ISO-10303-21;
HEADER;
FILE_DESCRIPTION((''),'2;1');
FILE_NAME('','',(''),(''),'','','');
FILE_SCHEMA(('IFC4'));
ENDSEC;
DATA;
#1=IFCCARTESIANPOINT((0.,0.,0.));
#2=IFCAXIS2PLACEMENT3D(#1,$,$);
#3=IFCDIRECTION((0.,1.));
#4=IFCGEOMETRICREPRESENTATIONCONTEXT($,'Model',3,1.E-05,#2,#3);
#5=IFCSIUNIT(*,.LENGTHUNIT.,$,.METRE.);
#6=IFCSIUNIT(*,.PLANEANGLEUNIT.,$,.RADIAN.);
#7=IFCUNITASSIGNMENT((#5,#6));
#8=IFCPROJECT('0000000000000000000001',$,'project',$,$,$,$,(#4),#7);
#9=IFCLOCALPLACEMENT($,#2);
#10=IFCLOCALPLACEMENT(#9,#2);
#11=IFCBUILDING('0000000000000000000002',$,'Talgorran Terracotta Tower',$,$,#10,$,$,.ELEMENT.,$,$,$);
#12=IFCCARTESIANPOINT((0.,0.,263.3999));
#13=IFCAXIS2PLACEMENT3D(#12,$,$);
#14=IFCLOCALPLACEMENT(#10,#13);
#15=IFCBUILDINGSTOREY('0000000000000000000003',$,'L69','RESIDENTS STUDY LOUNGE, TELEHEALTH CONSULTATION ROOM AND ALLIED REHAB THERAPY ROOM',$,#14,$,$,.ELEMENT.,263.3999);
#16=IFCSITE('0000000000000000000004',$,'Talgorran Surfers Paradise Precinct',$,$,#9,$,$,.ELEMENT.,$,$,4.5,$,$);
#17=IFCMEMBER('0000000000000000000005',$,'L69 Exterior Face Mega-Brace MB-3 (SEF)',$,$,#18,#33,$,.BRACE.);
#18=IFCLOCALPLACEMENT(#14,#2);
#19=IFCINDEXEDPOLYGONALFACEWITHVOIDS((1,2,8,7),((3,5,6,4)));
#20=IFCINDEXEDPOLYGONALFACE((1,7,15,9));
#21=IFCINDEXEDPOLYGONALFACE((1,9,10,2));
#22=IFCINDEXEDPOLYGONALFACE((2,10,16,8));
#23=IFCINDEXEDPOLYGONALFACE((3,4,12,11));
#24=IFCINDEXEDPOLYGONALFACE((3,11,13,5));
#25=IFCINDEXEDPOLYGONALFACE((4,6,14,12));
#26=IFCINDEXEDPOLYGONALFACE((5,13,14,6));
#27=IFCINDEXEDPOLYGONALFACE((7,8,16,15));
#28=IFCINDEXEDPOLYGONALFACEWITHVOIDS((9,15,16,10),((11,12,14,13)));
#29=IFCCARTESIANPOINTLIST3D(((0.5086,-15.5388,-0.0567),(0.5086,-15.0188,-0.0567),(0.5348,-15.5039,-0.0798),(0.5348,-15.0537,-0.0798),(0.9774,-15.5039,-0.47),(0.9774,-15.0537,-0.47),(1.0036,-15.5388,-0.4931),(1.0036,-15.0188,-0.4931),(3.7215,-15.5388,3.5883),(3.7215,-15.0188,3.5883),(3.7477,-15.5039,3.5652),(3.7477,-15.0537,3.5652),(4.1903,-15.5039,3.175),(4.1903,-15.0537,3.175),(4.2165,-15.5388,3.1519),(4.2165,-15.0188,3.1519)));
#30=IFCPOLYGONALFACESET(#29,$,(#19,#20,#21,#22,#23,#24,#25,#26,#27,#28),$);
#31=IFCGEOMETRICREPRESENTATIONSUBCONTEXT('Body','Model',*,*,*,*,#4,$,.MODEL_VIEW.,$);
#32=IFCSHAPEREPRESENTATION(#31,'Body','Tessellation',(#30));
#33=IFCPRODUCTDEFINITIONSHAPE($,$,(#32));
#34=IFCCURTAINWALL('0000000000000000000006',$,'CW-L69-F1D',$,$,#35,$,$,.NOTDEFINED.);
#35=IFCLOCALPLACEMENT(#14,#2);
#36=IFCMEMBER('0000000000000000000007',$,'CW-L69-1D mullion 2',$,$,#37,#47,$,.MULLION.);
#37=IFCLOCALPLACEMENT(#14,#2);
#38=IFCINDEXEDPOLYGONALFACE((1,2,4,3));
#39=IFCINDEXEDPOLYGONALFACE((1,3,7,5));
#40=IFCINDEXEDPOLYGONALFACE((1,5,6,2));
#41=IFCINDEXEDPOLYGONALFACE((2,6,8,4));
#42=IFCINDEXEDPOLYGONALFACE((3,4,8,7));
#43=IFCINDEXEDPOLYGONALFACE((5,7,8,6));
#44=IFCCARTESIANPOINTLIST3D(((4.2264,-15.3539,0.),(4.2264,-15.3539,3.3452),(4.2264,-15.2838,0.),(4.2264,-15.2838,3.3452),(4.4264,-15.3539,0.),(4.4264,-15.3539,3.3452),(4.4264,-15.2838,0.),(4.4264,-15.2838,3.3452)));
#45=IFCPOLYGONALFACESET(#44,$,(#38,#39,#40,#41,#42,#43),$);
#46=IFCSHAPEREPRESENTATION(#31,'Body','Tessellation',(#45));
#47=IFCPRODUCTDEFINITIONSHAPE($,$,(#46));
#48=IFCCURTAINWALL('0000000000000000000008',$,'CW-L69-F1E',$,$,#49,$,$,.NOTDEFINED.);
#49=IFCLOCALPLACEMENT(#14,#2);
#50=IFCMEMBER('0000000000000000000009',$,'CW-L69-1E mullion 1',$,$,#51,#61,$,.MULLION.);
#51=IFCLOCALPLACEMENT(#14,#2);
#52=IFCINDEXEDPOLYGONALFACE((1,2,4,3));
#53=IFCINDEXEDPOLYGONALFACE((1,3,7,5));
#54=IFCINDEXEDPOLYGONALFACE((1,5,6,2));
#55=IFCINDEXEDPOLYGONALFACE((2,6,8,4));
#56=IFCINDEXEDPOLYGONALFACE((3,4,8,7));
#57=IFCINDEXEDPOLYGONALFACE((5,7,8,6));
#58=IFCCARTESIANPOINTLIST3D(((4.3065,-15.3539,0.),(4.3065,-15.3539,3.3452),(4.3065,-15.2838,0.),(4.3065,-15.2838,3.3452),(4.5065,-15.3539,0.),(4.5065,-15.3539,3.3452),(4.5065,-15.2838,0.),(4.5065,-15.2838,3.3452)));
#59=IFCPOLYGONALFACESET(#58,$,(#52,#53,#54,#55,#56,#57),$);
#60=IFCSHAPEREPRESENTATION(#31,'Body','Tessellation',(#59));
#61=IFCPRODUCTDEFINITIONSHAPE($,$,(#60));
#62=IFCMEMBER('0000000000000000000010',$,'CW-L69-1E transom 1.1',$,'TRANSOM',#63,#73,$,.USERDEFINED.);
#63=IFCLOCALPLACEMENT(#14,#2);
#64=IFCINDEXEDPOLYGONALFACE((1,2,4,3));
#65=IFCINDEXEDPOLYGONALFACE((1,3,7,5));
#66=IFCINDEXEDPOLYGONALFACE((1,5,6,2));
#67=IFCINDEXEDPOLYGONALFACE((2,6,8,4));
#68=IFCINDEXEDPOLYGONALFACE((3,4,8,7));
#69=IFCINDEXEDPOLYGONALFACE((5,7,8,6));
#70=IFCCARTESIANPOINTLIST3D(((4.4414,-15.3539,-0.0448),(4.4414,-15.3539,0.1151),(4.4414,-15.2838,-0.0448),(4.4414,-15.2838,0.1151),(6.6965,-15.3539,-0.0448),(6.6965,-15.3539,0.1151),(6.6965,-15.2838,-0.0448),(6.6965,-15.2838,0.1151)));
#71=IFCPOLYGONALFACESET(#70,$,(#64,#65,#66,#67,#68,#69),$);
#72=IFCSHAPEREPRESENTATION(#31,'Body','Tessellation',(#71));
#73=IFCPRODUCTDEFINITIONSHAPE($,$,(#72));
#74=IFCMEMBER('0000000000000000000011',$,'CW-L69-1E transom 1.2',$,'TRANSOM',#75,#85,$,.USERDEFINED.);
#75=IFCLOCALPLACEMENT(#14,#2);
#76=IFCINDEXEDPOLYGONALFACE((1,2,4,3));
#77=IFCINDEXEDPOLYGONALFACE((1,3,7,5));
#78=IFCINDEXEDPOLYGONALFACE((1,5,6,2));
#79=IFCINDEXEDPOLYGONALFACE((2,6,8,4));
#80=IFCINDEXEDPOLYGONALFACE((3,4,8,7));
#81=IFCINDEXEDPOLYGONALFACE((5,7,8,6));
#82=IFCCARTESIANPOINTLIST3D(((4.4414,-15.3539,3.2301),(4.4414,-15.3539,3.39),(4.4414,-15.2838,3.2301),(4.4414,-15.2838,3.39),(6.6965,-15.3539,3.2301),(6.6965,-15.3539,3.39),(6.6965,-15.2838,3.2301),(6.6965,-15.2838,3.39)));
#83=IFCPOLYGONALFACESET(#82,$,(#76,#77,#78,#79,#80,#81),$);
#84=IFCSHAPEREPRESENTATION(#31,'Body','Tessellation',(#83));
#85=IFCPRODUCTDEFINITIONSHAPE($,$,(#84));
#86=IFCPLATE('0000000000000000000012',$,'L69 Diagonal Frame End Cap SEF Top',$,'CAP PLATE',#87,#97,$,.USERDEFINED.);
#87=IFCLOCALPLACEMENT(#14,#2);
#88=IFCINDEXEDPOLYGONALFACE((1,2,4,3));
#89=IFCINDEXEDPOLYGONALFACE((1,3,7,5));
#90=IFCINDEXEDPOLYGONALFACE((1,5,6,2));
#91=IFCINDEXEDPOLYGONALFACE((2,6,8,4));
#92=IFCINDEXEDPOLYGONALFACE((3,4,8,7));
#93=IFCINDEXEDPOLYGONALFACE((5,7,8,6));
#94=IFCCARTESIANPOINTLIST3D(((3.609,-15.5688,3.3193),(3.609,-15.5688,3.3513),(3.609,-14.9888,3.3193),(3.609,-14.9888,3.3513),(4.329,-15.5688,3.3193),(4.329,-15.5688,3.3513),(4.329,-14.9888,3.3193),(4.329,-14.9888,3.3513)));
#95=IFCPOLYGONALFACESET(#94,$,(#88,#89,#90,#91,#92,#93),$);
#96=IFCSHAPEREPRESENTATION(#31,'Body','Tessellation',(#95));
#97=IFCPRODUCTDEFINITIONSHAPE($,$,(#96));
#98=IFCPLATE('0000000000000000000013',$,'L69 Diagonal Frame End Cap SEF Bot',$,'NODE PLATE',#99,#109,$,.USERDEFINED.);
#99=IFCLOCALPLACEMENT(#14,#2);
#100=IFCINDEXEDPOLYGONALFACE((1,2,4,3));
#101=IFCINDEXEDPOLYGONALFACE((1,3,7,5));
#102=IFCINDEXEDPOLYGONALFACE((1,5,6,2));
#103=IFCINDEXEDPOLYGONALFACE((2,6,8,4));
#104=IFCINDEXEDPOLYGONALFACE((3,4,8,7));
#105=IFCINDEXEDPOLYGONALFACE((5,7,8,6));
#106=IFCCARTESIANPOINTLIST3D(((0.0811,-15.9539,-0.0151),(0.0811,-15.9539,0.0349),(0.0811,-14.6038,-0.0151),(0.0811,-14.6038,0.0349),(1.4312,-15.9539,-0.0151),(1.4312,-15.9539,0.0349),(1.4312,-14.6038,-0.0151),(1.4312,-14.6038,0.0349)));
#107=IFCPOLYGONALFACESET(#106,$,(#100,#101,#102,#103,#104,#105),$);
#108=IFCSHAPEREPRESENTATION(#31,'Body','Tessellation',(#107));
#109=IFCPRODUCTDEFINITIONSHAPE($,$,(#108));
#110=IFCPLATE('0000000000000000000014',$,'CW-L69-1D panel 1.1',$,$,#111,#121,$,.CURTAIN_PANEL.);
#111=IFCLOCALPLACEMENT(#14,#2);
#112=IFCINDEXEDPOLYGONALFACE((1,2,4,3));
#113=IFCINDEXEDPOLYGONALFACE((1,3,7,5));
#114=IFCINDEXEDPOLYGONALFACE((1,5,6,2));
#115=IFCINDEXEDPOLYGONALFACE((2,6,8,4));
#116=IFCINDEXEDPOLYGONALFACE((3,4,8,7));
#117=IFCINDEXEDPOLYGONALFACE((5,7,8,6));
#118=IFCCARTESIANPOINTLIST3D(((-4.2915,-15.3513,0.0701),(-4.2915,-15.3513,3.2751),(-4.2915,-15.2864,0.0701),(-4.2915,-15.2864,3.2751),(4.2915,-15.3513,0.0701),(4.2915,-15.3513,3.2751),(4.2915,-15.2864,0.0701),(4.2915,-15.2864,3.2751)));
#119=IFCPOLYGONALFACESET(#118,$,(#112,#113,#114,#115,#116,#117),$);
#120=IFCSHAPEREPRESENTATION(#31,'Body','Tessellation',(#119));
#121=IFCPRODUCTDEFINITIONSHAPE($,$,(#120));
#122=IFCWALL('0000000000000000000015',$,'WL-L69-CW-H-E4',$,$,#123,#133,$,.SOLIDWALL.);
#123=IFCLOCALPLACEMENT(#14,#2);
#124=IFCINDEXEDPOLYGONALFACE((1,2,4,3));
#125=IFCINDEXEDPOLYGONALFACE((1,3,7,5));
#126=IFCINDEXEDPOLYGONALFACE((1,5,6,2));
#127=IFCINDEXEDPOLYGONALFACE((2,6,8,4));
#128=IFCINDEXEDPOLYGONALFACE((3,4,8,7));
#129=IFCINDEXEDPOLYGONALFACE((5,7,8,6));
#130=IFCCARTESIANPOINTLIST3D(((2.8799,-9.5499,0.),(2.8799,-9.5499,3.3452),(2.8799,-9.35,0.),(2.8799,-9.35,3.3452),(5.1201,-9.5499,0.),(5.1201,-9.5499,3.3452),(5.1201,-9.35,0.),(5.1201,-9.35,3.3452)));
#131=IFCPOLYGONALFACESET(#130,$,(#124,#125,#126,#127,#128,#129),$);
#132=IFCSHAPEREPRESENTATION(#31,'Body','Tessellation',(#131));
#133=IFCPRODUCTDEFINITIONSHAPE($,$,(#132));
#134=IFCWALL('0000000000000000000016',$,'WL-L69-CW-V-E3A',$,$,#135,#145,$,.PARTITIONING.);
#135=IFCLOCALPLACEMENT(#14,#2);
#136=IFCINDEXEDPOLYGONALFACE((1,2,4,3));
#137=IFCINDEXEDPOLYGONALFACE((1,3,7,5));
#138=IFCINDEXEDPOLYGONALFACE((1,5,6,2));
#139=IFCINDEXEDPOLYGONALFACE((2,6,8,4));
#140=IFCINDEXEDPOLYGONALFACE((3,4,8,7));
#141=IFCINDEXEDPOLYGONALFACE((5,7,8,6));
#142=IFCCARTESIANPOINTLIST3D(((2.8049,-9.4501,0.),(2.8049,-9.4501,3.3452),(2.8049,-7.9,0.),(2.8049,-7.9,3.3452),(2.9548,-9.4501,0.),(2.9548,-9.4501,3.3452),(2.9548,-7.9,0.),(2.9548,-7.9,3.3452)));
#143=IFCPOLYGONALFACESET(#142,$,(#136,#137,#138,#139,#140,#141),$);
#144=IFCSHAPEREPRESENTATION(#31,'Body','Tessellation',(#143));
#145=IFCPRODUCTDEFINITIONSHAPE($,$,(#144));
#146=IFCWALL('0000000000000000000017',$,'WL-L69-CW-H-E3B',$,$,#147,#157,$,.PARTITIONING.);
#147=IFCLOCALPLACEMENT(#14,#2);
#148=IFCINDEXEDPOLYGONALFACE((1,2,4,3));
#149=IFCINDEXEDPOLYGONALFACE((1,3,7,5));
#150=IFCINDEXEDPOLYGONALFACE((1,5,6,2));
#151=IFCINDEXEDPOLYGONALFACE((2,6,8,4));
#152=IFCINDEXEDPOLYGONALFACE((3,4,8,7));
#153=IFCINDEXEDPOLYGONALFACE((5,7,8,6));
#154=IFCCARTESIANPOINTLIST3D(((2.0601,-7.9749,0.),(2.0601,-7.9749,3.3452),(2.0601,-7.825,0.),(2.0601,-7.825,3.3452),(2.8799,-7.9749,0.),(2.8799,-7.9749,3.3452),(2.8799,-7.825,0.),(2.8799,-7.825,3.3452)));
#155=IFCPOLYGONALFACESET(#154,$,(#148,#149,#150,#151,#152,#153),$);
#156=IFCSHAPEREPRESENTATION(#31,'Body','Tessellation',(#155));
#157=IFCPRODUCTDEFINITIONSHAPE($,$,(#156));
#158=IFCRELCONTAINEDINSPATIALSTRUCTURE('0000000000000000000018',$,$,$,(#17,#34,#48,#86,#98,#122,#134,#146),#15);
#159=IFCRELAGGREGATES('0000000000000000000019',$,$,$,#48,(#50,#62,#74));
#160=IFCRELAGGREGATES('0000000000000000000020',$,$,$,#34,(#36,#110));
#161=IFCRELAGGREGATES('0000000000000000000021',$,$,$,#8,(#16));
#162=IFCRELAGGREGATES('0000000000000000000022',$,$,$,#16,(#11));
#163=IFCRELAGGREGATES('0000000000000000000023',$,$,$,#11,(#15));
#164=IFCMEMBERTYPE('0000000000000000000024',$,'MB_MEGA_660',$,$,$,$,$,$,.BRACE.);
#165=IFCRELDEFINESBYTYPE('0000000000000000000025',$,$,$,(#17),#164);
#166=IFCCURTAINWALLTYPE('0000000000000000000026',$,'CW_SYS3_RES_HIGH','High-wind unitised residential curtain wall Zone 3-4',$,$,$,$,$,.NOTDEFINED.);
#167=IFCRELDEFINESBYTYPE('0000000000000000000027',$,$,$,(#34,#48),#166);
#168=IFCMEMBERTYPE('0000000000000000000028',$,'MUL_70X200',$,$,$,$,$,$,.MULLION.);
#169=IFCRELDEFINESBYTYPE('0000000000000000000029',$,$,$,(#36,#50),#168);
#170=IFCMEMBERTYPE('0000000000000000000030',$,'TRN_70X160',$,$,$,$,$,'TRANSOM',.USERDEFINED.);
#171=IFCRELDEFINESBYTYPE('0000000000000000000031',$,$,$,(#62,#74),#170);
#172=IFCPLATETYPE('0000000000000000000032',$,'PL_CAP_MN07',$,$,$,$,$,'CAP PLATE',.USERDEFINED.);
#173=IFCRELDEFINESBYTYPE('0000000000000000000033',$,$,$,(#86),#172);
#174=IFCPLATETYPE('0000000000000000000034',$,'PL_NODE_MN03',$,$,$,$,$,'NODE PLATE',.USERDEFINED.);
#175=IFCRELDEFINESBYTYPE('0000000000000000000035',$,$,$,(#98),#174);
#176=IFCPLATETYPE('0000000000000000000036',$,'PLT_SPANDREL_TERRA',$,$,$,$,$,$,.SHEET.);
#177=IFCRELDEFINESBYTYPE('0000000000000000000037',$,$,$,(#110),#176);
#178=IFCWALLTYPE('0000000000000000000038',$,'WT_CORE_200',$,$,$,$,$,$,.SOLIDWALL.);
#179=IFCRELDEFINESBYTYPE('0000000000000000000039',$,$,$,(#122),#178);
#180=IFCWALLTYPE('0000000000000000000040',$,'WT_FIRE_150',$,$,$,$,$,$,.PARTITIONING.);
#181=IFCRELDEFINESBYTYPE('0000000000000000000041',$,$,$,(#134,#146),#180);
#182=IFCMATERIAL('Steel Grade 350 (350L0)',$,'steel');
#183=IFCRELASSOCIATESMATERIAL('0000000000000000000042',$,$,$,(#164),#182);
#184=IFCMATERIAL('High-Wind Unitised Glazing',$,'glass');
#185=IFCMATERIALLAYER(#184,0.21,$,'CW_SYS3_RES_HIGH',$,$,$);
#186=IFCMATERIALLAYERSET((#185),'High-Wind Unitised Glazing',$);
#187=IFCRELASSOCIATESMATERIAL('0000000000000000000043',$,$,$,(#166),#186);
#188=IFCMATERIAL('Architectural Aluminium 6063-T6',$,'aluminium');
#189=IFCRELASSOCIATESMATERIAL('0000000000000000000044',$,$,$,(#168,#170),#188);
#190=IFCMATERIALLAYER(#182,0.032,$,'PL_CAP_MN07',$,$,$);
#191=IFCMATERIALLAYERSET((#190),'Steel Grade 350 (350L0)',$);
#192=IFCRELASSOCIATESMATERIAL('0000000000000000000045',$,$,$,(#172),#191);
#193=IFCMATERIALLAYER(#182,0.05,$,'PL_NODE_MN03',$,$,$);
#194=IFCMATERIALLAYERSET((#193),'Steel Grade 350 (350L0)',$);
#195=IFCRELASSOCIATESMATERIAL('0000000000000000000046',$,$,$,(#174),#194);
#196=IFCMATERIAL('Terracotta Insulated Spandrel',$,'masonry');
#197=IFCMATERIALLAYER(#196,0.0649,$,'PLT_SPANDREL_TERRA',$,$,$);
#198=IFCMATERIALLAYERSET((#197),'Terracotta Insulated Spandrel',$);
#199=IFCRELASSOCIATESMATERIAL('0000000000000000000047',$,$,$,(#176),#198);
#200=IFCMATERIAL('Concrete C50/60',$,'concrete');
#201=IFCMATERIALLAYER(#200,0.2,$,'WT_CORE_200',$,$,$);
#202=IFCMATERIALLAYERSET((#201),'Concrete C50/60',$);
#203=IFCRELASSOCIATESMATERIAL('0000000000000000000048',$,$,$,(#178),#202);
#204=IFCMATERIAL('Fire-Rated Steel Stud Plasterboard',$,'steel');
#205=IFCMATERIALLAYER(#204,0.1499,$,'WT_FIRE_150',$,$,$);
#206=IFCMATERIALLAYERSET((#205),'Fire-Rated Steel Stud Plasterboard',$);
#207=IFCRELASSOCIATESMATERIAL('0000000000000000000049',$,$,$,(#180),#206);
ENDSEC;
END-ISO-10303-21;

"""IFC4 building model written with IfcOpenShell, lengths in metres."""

from ifc_helpers import new_model, si_unit, direction, frame, frame_2d, origin, origin_2d, place, context, subcontext, project, spatial, rectangle, hollow_rectangle, extrude, source, transform, mapped, material, layer, layer_set, material_profile, profile_set, type_object, type_shapes, element, aggregate, save


model = new_model("IFC4")

# Units and contexts
model_context = context("Model", 3, precision=1e-05, world=origin(), true_north=direction((0.0, 1.0)))
body_context = subcontext(model_context, "Body", "Model", "MODEL_VIEW")
ifc_project = project(units=[si_unit("LENGTHUNIT", "METRE"), si_unit("PLANEANGLEUNIT", "RADIAN")], contexts=[model_context])

# Site, building, storey
site_placement = place(None, origin())
site = spatial("IfcSite", under=ifc_project, at=site_placement, Name="Talgorran Surfers Paradise Precinct", CompositionType="ELEMENT", RefElevation=4.5)
building_placement = place(site_placement, origin())
building = spatial("IfcBuilding", under=site, at=building_placement, Name="Talgorran Terracotta Tower", CompositionType="ELEMENT")
storey_placement = place(building_placement, frame((0.0, 0.0, 263.3999)))
storey = spatial("IfcBuildingStorey", under=building, at=storey_placement, Name="L69", Description="RESIDENTS STUDY LOUNGE, TELEHEALTH CONSULTATION ROOM AND ALLIED REHAB THERAPY ROOM", CompositionType="ELEMENT", Elevation=263.3999)

# Member
ifc_material_1 = material(Name="Steel Grade 350 (350L0)", Category="steel")
ifc_material_profile_1 = material_profile(ifc_material_1, hollow_rectangle(XDim=0.52, YDim=0.6599, WallThickness=0.0349, at=origin_2d()), Name="WBOX660X520X35")
ifc_profile_set_1 = profile_set([ifc_material_profile_1], Name="Steel Grade 350 (350L0)")
member_type_1 = type_object("IfcMemberType", Name="MB_MEGA_660", PredefinedType="BRACE", material=ifc_profile_set_1)
member_1_placement = place(storey_placement, frame((0.7561, -15.2788, -0.2749), z_axis=(0.661239, 0.0, 0.750175), x_axis=(0.0, 1.0, 0.0)))
element("IfcMember", 1, at=member_1_placement, inside=storey, type_object=member_type_1, Name="L69 Exterior Face Mega-Brace MB-3 (SEF)", PredefinedType="BRACE", context=body_context, shape_type="SweptSolid", body=[
    extrude(hollow_rectangle(XDim=0.52, YDim=0.6599, WallThickness=0.0349, at=origin_2d()), origin(), (0.0, 0.0, 1.0), 4.8589),
])

# Curtain wall, member
ifc_material_2 = material(Name="High-Wind Unitised Glazing", Category="glass")
ifc_layer_1 = layer(ifc_material_2, 0.21, Name="CW_SYS3_RES_HIGH")
ifc_layer_set_1 = layer_set([ifc_layer_1], Name="High-Wind Unitised Glazing")
curtain_wall_type = type_object("IfcCurtainWallType", Name="CW_SYS3_RES_HIGH", Description="High-wind unitised residential curtain wall Zone 3-4", PredefinedType="NOTDEFINED", material=ifc_layer_set_1)
curtain_wall_1_placement = place(storey_placement, origin())
curtain_wall_1 = element("IfcCurtainWall", 2, at=curtain_wall_1_placement, inside=storey, type_object=curtain_wall_type, Name="CW-L69-F1D", PredefinedType="NOTDEFINED")
ifc_material_3 = material(Name="Architectural Aluminium 6063-T6", Category="aluminium")
ifc_material_profile_2 = material_profile(ifc_material_3, rectangle(XDim=0.0701, YDim=0.2, at=origin_2d()), Name="CWM70X200")
ifc_profile_set_2 = profile_set([ifc_material_profile_2], Name="Architectural Aluminium 6063-T6")
member_type_2 = type_object("IfcMemberType", Name="MUL_70X200", PredefinedType="MULLION", material=ifc_profile_set_2)
member_2_placement = place(storey_placement, frame((4.3264, -15.3188, 0.0), z_axis=(0.0, 0.0, 1.0), x_axis=(0.0, 1.0, 0.0)))
member_2 = element("IfcMember", 3, at=member_2_placement, type_object=member_type_2, Name="CW-L69-1D mullion 2", PredefinedType="MULLION", context=body_context, shape_type="SweptSolid", body=[
    extrude(rectangle(XDim=0.0701, YDim=0.2, at=origin_2d()), origin(), (0.0, 0.0, 1.0), 3.3452),
])

# Curtain wall, members
curtain_wall_2_placement = place(storey_placement, origin())
curtain_wall_2 = element("IfcCurtainWall", 4, at=curtain_wall_2_placement, inside=storey, type_object=curtain_wall_type, Name="CW-L69-F1E", PredefinedType="NOTDEFINED")
member_3_placement = place(storey_placement, frame((4.4065, -15.3188, 0.0), z_axis=(0.0, 0.0, 1.0), x_axis=(0.0, 1.0, 0.0)))
member_3 = element("IfcMember", 5, at=member_3_placement, type_object=member_type_2, Name="CW-L69-1E mullion 1", PredefinedType="MULLION", context=body_context, shape_type="SweptSolid", body=[
    extrude(rectangle(XDim=0.0701, YDim=0.2, at=origin_2d()), origin(), (0.0, 0.0, 1.0), 3.3452),
])
ifc_material_profile_3 = material_profile(ifc_material_3, rectangle(XDim=0.0701, YDim=0.1599, at=origin_2d()), Name="CWT70X160")
ifc_profile_set_3 = profile_set([ifc_material_profile_3], Name="Architectural Aluminium 6063-T6")
member_type_3 = type_object("IfcMemberType", Name="TRN_70X160", ElementType="TRANSOM", PredefinedType="USERDEFINED", material=ifc_profile_set_3)
member_4_placement = place(storey_placement, frame((4.4414, -15.3188, 0.0352), z_axis=(1.0, 0.0, 0.0), x_axis=(0.0, 1.0, 0.0)))
member_4 = element("IfcMember", 6, at=member_4_placement, type_object=member_type_3, Name="CW-L69-1E transom 1.1", ObjectType="TRANSOM", PredefinedType="USERDEFINED", context=body_context, shape_type="SweptSolid", body=[
    extrude(rectangle(XDim=0.0701, YDim=0.1599, at=origin_2d()), origin(), (0.0, 0.0, 1.0), 2.2551),
])
member_5_placement = place(storey_placement, frame((4.4414, -15.3188, 3.3101), z_axis=(1.0, 0.0, 0.0), x_axis=(0.0, 1.0, 0.0)))
member_5 = element("IfcMember", 7, at=member_5_placement, type_object=member_type_3, Name="CW-L69-1E transom 1.2", ObjectType="TRANSOM", PredefinedType="USERDEFINED", context=body_context, shape_type="SweptSolid", body=[
    extrude(rectangle(XDim=0.0701, YDim=0.1599, at=origin_2d()), origin(), (0.0, 0.0, 1.0), 2.2551),
])
aggregate(curtain_wall_2, [member_3, member_4, member_5])

# Plates
ifc_layer_2 = layer(ifc_material_1, 0.032, Name="PL_CAP_MN07")
ifc_layer_set_2 = layer_set([ifc_layer_2], Name="Steel Grade 350 (350L0)")
plate_type_1 = type_object("IfcPlateType", Name="PL_CAP_MN07", ElementType="CAP PLATE", PredefinedType="USERDEFINED", material=ifc_layer_set_2)
plate_1_placement = place(storey_placement, frame((3.969, -15.2788, 3.3193), z_axis=(0.0, 0.0, 1.0), x_axis=(1.0, 0.0, 0.0)))
element("IfcPlate", 8, at=plate_1_placement, inside=storey, type_object=plate_type_1, Name="L69 Diagonal Frame End Cap SEF Top", ObjectType="CAP PLATE", PredefinedType="USERDEFINED", context=body_context, shape_type="SweptSolid", body=[
    extrude(rectangle(XDim=0.72, YDim=0.5801, at=origin_2d()), origin(), (0.0, 0.0, 1.0), 0.032),
])
ifc_layer_3 = layer(ifc_material_1, 0.05, Name="PL_NODE_MN03")
ifc_layer_set_3 = layer_set([ifc_layer_3], Name="Steel Grade 350 (350L0)")
plate_type_2 = type_object("IfcPlateType", Name="PL_NODE_MN03", ElementType="NODE PLATE", PredefinedType="USERDEFINED", material=ifc_layer_set_3)
plate_2_placement = place(storey_placement, frame((0.7561, -15.2788, -0.0151), z_axis=(0.0, 0.0, 1.0), x_axis=(1.0, 0.0, 0.0)))
element("IfcPlate", 9, at=plate_2_placement, inside=storey, type_object=plate_type_2, Name="L69 Diagonal Frame End Cap SEF Bot", ObjectType="NODE PLATE", PredefinedType="USERDEFINED", context=body_context, shape_type="SweptSolid", body=[
    extrude(rectangle(XDim=1.3501, YDim=1.3501, at=origin_2d()), origin(), (0.0, 0.0, 1.0), 0.05),
])

# Plate
ifc_material_4 = material(Name="Terracotta Insulated Spandrel", Category="masonry")
ifc_layer_4 = layer(ifc_material_4, 0.0649, Name="PLT_SPANDREL_TERRA")
ifc_layer_set_4 = layer_set([ifc_layer_4], Name="Terracotta Insulated Spandrel")
plate_type_3 = type_object("IfcPlateType", Name="PLT_SPANDREL_TERRA", PredefinedType="SHEET", material=ifc_layer_set_4)
shared_shape = source(origin(), body_context, "Body", "SweptSolid", [
    extrude(rectangle(XDim=8.583, YDim=0.0649, at=origin_2d()), origin(), (0.0, 0.0, 1.0), 3.2051),
])
type_shapes(plate_type_3, [shared_shape])
plate_3_placement = place(storey_placement, frame((0.0, -15.3188, 0.0701), z_axis=(0.0, 0.0, 1.0), x_axis=(1.0, 0.0, 0.0)))
plate_3 = element("IfcPlate", 10, at=plate_3_placement, type_object=plate_type_3, Name="CW-L69-1D panel 1.1", PredefinedType="CURTAIN_PANEL", context=body_context, shape_type="MappedRepresentation", body=[
    mapped(shared_shape, transform((0.0, 0.0, 0.0), scale=1.0)),
])
aggregate(curtain_wall_1, [member_2, plate_3])

# Walls
ifc_material_5 = material(Name="Concrete C50/60", Category="concrete")
ifc_layer_5 = layer(ifc_material_5, 0.2, Name="WT_CORE_200")
ifc_layer_set_5 = layer_set([ifc_layer_5], Name="Concrete C50/60")
wall_type_1 = type_object("IfcWallType", Name="WT_CORE_200", PredefinedType="SOLIDWALL", material=ifc_layer_set_5)
wall_1_placement = place(storey_placement, frame((2.8799, -9.45, 0.0), z_axis=(0.0, 0.0, 1.0), x_axis=(1.0, 0.0, 0.0)))
element("IfcWall", 11, at=wall_1_placement, inside=storey, type_object=wall_type_1, Name="WL-L69-CW-H-E4", PredefinedType="SOLIDWALL", context=body_context, shape_type="SweptSolid", body=[
    extrude(rectangle(XDim=2.2402, YDim=0.2, at=frame_2d((1.1201, 0.0))), origin(), (0.0, 0.0, 1.0), 3.3452),
])
ifc_material_6 = material(Name="Fire-Rated Steel Stud Plasterboard", Category="steel")
ifc_layer_6 = layer(ifc_material_6, 0.1499, Name="WT_FIRE_150")
ifc_layer_set_6 = layer_set([ifc_layer_6], Name="Fire-Rated Steel Stud Plasterboard")
wall_type_2 = type_object("IfcWallType", Name="WT_FIRE_150", PredefinedType="PARTITIONING", material=ifc_layer_set_6)
wall_2_placement = place(storey_placement, frame((2.8799, -9.45, 0.0), z_axis=(0.0, 0.0, 1.0), x_axis=(0.0, 1.0, 0.0)))
element("IfcWall", 12, at=wall_2_placement, inside=storey, type_object=wall_type_2, Name="WL-L69-CW-V-E3A", PredefinedType="PARTITIONING", context=body_context, shape_type="SweptSolid", body=[
    extrude(rectangle(XDim=1.55, YDim=0.1499, at=frame_2d((0.7749, 0.0))), origin(), (0.0, 0.0, 1.0), 3.3452),
])
wall_3_placement = place(storey_placement, frame((2.0601, -7.8999, 0.0), z_axis=(0.0, 0.0, 1.0), x_axis=(1.0, 0.0, 0.0)))
element("IfcWall", 13, at=wall_3_placement, inside=storey, type_object=wall_type_2, Name="WL-L69-CW-H-E3B", PredefinedType="PARTITIONING", context=body_context, shape_type="SweptSolid", body=[
    extrude(rectangle(XDim=0.8198, YDim=0.1499, at=frame_2d((0.4099, 0.0))), origin(), (0.0, 0.0, 1.0), 3.3452),
])

save(model, "model.ifc")
